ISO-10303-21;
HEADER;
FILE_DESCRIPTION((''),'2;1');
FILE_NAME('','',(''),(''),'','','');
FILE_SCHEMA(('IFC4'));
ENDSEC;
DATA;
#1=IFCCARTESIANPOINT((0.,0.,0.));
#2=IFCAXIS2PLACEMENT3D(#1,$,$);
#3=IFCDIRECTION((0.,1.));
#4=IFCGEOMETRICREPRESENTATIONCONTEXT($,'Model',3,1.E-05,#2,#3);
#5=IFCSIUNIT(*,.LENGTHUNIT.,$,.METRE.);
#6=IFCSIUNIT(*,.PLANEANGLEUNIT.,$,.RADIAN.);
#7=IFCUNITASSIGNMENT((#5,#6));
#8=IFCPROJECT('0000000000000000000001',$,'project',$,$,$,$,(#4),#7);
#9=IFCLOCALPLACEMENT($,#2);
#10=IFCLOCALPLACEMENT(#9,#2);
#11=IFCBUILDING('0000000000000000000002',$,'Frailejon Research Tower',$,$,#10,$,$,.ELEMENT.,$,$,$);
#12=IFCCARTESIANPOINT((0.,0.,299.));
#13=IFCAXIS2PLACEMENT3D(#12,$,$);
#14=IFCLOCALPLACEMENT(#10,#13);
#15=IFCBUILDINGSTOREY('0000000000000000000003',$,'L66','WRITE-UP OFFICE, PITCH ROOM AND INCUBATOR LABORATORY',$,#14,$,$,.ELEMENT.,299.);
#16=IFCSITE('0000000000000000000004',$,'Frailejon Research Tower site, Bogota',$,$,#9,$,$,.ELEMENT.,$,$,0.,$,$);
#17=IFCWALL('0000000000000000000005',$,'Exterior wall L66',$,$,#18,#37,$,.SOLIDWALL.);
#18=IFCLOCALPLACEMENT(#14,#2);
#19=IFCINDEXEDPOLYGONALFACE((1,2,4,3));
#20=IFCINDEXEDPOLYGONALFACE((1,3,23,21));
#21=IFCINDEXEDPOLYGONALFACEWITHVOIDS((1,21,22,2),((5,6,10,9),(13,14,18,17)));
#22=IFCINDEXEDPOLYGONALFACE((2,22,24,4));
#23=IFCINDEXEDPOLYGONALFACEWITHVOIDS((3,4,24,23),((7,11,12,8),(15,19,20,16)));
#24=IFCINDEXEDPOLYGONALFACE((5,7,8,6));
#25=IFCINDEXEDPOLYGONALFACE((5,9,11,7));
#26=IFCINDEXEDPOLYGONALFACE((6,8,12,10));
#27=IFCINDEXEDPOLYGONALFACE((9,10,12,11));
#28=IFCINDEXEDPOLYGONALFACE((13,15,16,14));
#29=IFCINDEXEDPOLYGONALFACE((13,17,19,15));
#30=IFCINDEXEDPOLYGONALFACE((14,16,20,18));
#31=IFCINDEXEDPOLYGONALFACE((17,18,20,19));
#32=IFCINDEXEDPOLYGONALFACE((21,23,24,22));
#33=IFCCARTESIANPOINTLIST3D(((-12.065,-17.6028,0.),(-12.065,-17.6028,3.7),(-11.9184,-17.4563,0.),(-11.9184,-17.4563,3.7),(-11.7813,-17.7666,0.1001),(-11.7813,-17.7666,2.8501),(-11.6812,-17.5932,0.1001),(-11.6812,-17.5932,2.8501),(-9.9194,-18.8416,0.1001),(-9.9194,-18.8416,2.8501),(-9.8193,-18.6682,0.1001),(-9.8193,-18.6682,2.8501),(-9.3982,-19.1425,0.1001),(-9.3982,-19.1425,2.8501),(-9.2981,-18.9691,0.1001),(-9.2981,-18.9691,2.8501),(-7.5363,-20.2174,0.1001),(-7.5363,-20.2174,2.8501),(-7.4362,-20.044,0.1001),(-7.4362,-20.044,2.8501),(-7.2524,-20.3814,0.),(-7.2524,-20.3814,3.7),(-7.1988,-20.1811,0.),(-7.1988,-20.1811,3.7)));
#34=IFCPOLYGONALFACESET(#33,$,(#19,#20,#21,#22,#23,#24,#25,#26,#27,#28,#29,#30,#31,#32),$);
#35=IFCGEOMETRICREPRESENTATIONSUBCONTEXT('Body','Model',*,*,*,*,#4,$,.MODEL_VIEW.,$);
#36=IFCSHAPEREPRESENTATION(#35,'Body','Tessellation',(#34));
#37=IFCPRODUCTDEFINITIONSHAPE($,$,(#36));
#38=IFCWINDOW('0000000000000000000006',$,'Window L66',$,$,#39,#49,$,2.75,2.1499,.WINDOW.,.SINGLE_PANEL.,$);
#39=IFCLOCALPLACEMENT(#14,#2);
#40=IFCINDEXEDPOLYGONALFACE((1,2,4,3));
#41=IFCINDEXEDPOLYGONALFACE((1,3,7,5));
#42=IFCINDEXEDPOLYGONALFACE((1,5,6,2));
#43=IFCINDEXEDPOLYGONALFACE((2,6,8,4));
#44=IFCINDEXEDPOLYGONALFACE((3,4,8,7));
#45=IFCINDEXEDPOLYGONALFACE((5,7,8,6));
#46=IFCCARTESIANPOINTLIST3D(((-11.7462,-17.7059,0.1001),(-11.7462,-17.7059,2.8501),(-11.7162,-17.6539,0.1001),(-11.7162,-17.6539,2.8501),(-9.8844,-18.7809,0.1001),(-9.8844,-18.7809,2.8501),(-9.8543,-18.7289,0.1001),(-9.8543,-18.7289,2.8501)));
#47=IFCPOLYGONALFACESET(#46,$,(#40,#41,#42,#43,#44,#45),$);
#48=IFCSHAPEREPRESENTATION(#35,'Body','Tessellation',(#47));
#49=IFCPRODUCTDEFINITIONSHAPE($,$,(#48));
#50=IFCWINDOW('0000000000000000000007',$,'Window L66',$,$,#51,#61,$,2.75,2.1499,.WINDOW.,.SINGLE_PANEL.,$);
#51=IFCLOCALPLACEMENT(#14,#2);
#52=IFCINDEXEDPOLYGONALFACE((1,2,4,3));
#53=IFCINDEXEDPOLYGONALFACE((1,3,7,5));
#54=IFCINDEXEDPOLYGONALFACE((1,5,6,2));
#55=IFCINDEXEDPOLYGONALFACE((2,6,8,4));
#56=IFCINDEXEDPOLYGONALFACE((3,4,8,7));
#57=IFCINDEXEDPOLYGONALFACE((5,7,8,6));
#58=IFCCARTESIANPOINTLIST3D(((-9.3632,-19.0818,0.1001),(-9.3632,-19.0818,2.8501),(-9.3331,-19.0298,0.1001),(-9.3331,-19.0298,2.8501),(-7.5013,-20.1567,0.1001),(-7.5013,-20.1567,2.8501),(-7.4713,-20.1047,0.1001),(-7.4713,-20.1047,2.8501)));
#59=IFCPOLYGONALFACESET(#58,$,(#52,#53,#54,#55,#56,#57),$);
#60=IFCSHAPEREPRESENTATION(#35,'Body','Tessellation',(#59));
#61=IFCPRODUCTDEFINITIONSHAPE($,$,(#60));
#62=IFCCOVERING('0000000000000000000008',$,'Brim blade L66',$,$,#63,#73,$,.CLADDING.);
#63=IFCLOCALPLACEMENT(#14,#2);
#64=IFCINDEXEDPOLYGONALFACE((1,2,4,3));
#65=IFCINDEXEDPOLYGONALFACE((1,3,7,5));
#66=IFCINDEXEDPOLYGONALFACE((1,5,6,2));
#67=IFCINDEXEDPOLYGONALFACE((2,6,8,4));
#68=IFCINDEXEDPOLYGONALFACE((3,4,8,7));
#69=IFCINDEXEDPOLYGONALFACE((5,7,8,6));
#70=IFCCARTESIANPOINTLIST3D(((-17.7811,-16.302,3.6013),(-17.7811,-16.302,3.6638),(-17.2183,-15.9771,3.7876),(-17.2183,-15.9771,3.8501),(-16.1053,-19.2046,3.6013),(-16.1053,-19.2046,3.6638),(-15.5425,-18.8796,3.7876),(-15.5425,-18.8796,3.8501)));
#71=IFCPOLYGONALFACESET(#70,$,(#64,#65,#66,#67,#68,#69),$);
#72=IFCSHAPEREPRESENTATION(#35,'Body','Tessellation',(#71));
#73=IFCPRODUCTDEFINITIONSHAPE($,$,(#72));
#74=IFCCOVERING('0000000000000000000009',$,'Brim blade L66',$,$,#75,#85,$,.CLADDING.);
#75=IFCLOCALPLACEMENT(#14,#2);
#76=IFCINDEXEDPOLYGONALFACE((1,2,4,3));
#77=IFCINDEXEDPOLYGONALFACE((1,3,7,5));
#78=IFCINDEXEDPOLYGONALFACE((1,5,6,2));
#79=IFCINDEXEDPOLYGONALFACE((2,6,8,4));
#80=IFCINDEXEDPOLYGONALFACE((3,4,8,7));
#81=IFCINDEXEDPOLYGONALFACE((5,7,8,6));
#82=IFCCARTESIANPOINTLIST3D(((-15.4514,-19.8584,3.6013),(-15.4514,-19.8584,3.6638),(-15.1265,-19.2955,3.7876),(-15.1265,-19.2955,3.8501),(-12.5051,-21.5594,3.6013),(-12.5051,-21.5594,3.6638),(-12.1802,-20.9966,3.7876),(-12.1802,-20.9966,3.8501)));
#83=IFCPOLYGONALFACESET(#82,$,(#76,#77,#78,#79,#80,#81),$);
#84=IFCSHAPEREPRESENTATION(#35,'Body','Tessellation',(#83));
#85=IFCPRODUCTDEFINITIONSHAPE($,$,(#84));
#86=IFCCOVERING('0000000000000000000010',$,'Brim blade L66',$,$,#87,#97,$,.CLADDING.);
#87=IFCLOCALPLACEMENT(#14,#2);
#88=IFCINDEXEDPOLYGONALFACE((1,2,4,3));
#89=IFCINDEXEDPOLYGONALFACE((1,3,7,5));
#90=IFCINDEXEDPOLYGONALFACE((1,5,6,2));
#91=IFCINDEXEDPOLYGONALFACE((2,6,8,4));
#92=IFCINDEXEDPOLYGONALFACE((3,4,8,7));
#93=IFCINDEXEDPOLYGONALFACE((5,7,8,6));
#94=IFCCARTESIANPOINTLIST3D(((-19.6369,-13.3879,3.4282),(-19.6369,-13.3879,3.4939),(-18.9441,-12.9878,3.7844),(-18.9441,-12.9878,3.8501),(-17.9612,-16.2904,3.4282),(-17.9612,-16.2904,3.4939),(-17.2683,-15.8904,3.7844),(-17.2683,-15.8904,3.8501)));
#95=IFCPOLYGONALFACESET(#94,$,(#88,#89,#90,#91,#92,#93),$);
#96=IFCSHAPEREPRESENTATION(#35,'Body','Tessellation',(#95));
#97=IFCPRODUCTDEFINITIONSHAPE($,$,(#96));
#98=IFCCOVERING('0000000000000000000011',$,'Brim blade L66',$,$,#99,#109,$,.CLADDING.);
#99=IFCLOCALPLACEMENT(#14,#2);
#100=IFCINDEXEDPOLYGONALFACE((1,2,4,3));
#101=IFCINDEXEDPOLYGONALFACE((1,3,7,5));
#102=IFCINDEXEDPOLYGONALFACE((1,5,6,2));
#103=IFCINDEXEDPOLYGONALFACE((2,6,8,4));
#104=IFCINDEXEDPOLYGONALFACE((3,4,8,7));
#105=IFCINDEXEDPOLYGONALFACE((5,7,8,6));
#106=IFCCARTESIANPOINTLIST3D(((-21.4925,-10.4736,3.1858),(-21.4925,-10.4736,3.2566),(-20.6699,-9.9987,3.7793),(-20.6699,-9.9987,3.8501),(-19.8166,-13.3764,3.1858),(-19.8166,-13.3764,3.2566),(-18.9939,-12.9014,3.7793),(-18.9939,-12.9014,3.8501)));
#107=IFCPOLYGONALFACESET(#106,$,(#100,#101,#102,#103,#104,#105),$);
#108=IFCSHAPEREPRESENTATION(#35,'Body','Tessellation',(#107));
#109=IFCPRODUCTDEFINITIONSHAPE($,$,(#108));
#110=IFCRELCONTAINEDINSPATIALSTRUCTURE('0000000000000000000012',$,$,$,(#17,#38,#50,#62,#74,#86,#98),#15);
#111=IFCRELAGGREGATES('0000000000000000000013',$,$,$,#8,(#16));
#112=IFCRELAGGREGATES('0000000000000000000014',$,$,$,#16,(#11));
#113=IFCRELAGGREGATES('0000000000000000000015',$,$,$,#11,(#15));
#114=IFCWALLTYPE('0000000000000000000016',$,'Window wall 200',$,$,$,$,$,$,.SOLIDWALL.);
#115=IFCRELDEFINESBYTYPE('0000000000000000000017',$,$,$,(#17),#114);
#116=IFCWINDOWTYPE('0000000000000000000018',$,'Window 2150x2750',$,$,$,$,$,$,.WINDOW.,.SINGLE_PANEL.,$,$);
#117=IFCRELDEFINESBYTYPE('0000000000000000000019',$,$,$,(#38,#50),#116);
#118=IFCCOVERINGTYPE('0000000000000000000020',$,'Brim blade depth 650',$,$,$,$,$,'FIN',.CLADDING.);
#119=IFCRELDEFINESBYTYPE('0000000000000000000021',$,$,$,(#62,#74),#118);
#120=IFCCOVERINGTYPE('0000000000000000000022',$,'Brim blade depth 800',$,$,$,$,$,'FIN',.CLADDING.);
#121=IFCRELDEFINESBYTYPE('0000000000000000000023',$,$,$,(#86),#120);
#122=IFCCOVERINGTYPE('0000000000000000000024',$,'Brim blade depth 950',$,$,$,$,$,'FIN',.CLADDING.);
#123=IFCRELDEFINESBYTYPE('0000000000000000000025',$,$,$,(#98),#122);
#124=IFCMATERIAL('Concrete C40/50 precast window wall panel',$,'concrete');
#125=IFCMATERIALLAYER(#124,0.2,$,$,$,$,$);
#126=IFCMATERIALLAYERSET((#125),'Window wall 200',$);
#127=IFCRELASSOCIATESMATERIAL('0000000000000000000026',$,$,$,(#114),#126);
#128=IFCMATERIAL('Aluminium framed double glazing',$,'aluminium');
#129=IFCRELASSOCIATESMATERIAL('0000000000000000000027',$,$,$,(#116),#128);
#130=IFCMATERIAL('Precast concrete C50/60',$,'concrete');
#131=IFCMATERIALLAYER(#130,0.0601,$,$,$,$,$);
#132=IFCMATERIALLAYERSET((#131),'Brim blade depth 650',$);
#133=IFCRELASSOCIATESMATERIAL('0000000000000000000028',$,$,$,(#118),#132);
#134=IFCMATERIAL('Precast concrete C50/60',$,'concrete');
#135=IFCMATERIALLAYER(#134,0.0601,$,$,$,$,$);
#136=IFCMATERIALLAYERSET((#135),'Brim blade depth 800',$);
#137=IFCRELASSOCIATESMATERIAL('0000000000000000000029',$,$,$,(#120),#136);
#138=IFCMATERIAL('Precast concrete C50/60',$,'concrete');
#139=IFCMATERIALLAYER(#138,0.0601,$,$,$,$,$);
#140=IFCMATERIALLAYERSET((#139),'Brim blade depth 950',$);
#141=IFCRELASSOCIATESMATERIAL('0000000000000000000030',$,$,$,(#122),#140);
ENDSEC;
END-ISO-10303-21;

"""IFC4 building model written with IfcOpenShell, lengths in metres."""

from ifc_helpers import new_model, si_unit, direction, frame, frame_2d, origin, place, context, subcontext, project, spatial, polyline, rectangle, outline, extrude, material, layer, layer_set, type_object, element, fill, save


model = new_model("IFC4")

# Units and contexts
model_context = context("Model", 3, precision=1e-05, world=origin(), true_north=direction((0.0, 1.0)))
body_context = subcontext(model_context, "Body", "Model", "MODEL_VIEW")
ifc_project = project(units=[si_unit("LENGTHUNIT", "METRE"), si_unit("PLANEANGLEUNIT", "RADIAN")], contexts=[model_context])

# Site, building, storey
site_placement = place(None, origin())
site = spatial("IfcSite", under=ifc_project, at=site_placement, Name="Frailejon Research Tower site, Bogota", CompositionType="ELEMENT", RefElevation=0.0)
building_placement = place(site_placement, origin())
building = spatial("IfcBuilding", under=site, at=building_placement, Name="Frailejon Research Tower", CompositionType="ELEMENT")
storey_placement = place(building_placement, frame((0.0, 0.0, 299.0)))
storey = spatial("IfcBuildingStorey", under=building, at=storey_placement, Name="L66", Description="WRITE-UP OFFICE, PITCH ROOM AND INCUBATOR LABORATORY", CompositionType="ELEMENT", Elevation=299.0)

# Wall, openings, windows
ifc_material_1 = material(Name="Concrete C40/50 precast window wall panel", Category="concrete")
ifc_layer_1 = layer(ifc_material_1, 0.2)
ifc_layer_set_1 = layer_set([ifc_layer_1], Name="Window wall 200")
wall_type_1 = type_object("IfcWallType", Name="Window wall 200", PredefinedType="SOLIDWALL", material=ifc_layer_set_1)
wall_1_placement = place(storey_placement, frame((-11.9917, -17.5295, 0.0), z_axis=(0.0, 0.0, 1.0), x_axis=(0.866026, -0.499999, 0.0)))
wall_1 = element("IfcWall", 1, at=wall_1_placement, inside=storey, type_object=wall_type_1, Name="Exterior wall L66", PredefinedType="SOLIDWALL", context=body_context, shape_type="SweptSolid", body=[
    extrude(outline(polyline([(-0.0269, -0.1001), (1.0845, -0.1001), (2.196, -0.1001), (3.3074, -0.1001), (4.4189, -0.1001), (5.5303, -0.1001), (5.4766, 0.1001), (4.3867, 0.1001), (3.2966, 0.1001), (2.2068, 0.1001), (1.1167, 0.1001), (0.0269, 0.1001), (-0.0269, -0.1001)])), origin(), (0.0, 0.0, 1.0), 3.7),
])
opening_1_placement = place(wall_1_placement, frame((0.3008, 0.0, 0.1001)))
opening_1 = element("IfcOpeningElement", 2, at=opening_1_placement, cuts=wall_1, PredefinedType="OPENING", context=body_context, shape_type="SweptSolid", body=[
    extrude(rectangle(XDim=2.1499, YDim=2.75, at=frame_2d((1.075, 1.375))), frame((0.0, 0.1099, 0.0), z_axis=(0.0, -1.0, 0.0), x_axis=(1.0, 0.0, 0.0)), (0.0, 0.0, 1.0), 0.22),
])
opening_2_placement = place(wall_1_placement, frame((3.0525, 0.0, 0.1001)))
opening_2 = element("IfcOpeningElement", 3, at=opening_2_placement, cuts=wall_1, PredefinedType="OPENING", context=body_context, shape_type="SweptSolid", body=[
    extrude(rectangle(XDim=2.1499, YDim=2.75, at=frame_2d((1.075, 1.375))), frame((0.0, 0.1099, 0.0), z_axis=(0.0, -1.0, 0.0), x_axis=(1.0, 0.0, 0.0)), (0.0, 0.0, 1.0), 0.22),
])
ifc_material_2 = material(Name="Aluminium framed double glazing", Category="aluminium")
window_type = type_object("IfcWindowType", Name="Window 2150x2750", PartitioningType="SINGLE_PANEL", PredefinedType="WINDOW", material=ifc_material_2)
window_1_placement = place(opening_1_placement, origin())
window_1 = element("IfcWindow", 4, at=window_1_placement, inside=storey, type_object=window_type, Name="Window L66", OverallHeight=2.75, OverallWidth=2.1499, PartitioningType="SINGLE_PANEL", PredefinedType="WINDOW", context=body_context, shape_type="SweptSolid", body=[
    extrude(rectangle(XDim=2.1499, YDim=2.75, at=frame_2d((1.075, 1.375))), frame((0.0, 0.03, 0.0), z_axis=(0.0, -1.0, 0.0), x_axis=(1.0, 0.0, 0.0)), (0.0, 0.0, 1.0), 0.0601),
])
fill(opening_1, window_1)
window_2_placement = place(opening_2_placement, origin())
window_2 = element("IfcWindow", 5, at=window_2_placement, inside=storey, type_object=window_type, Name="Window L66", OverallHeight=2.75, OverallWidth=2.1499, PartitioningType="SINGLE_PANEL", PredefinedType="WINDOW", context=body_context, shape_type="SweptSolid", body=[
    extrude(rectangle(XDim=2.1499, YDim=2.75, at=frame_2d((1.075, 1.375))), frame((0.0, 0.03, 0.0), z_axis=(0.0, -1.0, 0.0), x_axis=(1.0, 0.0, 0.0)), (0.0, 0.0, 1.0), 0.0601),
])
fill(opening_2, window_2)

# Coverings
ifc_material_3 = material(Name="Precast concrete C50/60", Category="concrete")
ifc_layer_2 = layer(ifc_material_3, 0.0601)
ifc_layer_set_2 = layer_set([ifc_layer_2], Name="Brim blade depth 650")
covering_type_1 = type_object("IfcCoveringType", Name="Brim blade depth 650", ElementType="FIN", PredefinedType="CLADDING", material=ifc_layer_set_2)
covering_1_placement = place(storey_placement, frame((-15.5425, -18.8796, 3.8501), z_axis=(-0.499997, 0.866027, 0.0), x_axis=(-0.866027, -0.499997, 0.0)))
element("IfcCovering", 6, at=covering_1_placement, inside=storey, type_object=covering_type_1, Name="Brim blade L66", PredefinedType="CLADDING", context=body_context, shape_type="SweptSolid", body=[
    extrude(outline(polyline([(0.0, -0.0625), (0.6499, -0.2488), (0.6499, -0.1863), (0.0, 0.0), (0.0, -0.0625)])), origin(), (0.0, 0.0, 1.0), 3.3516),
])
covering_2_placement = place(storey_placement, frame((-12.1802, -20.9966, 3.8501), z_axis=(-0.866024, 0.500003, 0.0), x_axis=(-0.500003, -0.866024, 0.0)))
element("IfcCovering", 7, at=covering_2_placement, inside=storey, type_object=covering_type_1, Name="Brim blade L66", PredefinedType="CLADDING", context=body_context, shape_type="SweptSolid", body=[
    extrude(outline(polyline([(0.0, -0.0625), (0.6499, -0.2488), (0.6499, -0.1863), (0.0, 0.0), (0.0, -0.0625)])), origin(), (0.0, 0.0, 1.0), 3.4021),
])
ifc_material_4 = material(Name="Precast concrete C50/60", Category="concrete")
ifc_layer_3 = layer(ifc_material_4, 0.0601)
ifc_layer_set_3 = layer_set([ifc_layer_3], Name="Brim blade depth 800")
covering_type_2 = type_object("IfcCoveringType", Name="Brim blade depth 800", ElementType="FIN", PredefinedType="CLADDING", material=ifc_layer_set_3)
covering_3_placement = place(storey_placement, frame((-17.2683, -15.8904, 3.8501), z_axis=(-0.499997, 0.866027, 0.0), x_axis=(-0.866027, -0.499997, 0.0)))
element("IfcCovering", 8, at=covering_3_placement, inside=storey, type_object=covering_type_2, Name="Brim blade L66", PredefinedType="CLADDING", context=body_context, shape_type="SweptSolid", body=[
    extrude(outline(polyline([(0.0, -0.0657), (0.8, -0.4219), (0.8, -0.3562), (0.0, 0.0), (0.0, -0.0657)])), origin(), (0.0, 0.0, 1.0), 3.3516),
])
ifc_material_5 = material(Name="Precast concrete C50/60", Category="concrete")
ifc_layer_4 = layer(ifc_material_5, 0.0601)
ifc_layer_set_4 = layer_set([ifc_layer_4], Name="Brim blade depth 950")
covering_type_3 = type_object("IfcCoveringType", Name="Brim blade depth 950", ElementType="FIN", PredefinedType="CLADDING", material=ifc_layer_set_4)
covering_4_placement = place(storey_placement, frame((-18.9939, -12.9014, 3.8501), z_axis=(-0.500018, 0.866015, 0.0), x_axis=(-0.866015, -0.500018, 0.0)))
element("IfcCovering", 9, at=covering_4_placement, inside=storey, type_object=covering_type_3, Name="Brim blade L66", PredefinedType="CLADDING", context=body_context, shape_type="SweptSolid", body=[
    extrude(outline(polyline([(0.0, -0.0708), (0.95, -0.6643), (0.95, -0.5935), (0.0, 0.0), (0.0, -0.0708)])), origin(), (0.0, 0.0, 1.0), 3.3518),
])

save(model, "model.ifc")
